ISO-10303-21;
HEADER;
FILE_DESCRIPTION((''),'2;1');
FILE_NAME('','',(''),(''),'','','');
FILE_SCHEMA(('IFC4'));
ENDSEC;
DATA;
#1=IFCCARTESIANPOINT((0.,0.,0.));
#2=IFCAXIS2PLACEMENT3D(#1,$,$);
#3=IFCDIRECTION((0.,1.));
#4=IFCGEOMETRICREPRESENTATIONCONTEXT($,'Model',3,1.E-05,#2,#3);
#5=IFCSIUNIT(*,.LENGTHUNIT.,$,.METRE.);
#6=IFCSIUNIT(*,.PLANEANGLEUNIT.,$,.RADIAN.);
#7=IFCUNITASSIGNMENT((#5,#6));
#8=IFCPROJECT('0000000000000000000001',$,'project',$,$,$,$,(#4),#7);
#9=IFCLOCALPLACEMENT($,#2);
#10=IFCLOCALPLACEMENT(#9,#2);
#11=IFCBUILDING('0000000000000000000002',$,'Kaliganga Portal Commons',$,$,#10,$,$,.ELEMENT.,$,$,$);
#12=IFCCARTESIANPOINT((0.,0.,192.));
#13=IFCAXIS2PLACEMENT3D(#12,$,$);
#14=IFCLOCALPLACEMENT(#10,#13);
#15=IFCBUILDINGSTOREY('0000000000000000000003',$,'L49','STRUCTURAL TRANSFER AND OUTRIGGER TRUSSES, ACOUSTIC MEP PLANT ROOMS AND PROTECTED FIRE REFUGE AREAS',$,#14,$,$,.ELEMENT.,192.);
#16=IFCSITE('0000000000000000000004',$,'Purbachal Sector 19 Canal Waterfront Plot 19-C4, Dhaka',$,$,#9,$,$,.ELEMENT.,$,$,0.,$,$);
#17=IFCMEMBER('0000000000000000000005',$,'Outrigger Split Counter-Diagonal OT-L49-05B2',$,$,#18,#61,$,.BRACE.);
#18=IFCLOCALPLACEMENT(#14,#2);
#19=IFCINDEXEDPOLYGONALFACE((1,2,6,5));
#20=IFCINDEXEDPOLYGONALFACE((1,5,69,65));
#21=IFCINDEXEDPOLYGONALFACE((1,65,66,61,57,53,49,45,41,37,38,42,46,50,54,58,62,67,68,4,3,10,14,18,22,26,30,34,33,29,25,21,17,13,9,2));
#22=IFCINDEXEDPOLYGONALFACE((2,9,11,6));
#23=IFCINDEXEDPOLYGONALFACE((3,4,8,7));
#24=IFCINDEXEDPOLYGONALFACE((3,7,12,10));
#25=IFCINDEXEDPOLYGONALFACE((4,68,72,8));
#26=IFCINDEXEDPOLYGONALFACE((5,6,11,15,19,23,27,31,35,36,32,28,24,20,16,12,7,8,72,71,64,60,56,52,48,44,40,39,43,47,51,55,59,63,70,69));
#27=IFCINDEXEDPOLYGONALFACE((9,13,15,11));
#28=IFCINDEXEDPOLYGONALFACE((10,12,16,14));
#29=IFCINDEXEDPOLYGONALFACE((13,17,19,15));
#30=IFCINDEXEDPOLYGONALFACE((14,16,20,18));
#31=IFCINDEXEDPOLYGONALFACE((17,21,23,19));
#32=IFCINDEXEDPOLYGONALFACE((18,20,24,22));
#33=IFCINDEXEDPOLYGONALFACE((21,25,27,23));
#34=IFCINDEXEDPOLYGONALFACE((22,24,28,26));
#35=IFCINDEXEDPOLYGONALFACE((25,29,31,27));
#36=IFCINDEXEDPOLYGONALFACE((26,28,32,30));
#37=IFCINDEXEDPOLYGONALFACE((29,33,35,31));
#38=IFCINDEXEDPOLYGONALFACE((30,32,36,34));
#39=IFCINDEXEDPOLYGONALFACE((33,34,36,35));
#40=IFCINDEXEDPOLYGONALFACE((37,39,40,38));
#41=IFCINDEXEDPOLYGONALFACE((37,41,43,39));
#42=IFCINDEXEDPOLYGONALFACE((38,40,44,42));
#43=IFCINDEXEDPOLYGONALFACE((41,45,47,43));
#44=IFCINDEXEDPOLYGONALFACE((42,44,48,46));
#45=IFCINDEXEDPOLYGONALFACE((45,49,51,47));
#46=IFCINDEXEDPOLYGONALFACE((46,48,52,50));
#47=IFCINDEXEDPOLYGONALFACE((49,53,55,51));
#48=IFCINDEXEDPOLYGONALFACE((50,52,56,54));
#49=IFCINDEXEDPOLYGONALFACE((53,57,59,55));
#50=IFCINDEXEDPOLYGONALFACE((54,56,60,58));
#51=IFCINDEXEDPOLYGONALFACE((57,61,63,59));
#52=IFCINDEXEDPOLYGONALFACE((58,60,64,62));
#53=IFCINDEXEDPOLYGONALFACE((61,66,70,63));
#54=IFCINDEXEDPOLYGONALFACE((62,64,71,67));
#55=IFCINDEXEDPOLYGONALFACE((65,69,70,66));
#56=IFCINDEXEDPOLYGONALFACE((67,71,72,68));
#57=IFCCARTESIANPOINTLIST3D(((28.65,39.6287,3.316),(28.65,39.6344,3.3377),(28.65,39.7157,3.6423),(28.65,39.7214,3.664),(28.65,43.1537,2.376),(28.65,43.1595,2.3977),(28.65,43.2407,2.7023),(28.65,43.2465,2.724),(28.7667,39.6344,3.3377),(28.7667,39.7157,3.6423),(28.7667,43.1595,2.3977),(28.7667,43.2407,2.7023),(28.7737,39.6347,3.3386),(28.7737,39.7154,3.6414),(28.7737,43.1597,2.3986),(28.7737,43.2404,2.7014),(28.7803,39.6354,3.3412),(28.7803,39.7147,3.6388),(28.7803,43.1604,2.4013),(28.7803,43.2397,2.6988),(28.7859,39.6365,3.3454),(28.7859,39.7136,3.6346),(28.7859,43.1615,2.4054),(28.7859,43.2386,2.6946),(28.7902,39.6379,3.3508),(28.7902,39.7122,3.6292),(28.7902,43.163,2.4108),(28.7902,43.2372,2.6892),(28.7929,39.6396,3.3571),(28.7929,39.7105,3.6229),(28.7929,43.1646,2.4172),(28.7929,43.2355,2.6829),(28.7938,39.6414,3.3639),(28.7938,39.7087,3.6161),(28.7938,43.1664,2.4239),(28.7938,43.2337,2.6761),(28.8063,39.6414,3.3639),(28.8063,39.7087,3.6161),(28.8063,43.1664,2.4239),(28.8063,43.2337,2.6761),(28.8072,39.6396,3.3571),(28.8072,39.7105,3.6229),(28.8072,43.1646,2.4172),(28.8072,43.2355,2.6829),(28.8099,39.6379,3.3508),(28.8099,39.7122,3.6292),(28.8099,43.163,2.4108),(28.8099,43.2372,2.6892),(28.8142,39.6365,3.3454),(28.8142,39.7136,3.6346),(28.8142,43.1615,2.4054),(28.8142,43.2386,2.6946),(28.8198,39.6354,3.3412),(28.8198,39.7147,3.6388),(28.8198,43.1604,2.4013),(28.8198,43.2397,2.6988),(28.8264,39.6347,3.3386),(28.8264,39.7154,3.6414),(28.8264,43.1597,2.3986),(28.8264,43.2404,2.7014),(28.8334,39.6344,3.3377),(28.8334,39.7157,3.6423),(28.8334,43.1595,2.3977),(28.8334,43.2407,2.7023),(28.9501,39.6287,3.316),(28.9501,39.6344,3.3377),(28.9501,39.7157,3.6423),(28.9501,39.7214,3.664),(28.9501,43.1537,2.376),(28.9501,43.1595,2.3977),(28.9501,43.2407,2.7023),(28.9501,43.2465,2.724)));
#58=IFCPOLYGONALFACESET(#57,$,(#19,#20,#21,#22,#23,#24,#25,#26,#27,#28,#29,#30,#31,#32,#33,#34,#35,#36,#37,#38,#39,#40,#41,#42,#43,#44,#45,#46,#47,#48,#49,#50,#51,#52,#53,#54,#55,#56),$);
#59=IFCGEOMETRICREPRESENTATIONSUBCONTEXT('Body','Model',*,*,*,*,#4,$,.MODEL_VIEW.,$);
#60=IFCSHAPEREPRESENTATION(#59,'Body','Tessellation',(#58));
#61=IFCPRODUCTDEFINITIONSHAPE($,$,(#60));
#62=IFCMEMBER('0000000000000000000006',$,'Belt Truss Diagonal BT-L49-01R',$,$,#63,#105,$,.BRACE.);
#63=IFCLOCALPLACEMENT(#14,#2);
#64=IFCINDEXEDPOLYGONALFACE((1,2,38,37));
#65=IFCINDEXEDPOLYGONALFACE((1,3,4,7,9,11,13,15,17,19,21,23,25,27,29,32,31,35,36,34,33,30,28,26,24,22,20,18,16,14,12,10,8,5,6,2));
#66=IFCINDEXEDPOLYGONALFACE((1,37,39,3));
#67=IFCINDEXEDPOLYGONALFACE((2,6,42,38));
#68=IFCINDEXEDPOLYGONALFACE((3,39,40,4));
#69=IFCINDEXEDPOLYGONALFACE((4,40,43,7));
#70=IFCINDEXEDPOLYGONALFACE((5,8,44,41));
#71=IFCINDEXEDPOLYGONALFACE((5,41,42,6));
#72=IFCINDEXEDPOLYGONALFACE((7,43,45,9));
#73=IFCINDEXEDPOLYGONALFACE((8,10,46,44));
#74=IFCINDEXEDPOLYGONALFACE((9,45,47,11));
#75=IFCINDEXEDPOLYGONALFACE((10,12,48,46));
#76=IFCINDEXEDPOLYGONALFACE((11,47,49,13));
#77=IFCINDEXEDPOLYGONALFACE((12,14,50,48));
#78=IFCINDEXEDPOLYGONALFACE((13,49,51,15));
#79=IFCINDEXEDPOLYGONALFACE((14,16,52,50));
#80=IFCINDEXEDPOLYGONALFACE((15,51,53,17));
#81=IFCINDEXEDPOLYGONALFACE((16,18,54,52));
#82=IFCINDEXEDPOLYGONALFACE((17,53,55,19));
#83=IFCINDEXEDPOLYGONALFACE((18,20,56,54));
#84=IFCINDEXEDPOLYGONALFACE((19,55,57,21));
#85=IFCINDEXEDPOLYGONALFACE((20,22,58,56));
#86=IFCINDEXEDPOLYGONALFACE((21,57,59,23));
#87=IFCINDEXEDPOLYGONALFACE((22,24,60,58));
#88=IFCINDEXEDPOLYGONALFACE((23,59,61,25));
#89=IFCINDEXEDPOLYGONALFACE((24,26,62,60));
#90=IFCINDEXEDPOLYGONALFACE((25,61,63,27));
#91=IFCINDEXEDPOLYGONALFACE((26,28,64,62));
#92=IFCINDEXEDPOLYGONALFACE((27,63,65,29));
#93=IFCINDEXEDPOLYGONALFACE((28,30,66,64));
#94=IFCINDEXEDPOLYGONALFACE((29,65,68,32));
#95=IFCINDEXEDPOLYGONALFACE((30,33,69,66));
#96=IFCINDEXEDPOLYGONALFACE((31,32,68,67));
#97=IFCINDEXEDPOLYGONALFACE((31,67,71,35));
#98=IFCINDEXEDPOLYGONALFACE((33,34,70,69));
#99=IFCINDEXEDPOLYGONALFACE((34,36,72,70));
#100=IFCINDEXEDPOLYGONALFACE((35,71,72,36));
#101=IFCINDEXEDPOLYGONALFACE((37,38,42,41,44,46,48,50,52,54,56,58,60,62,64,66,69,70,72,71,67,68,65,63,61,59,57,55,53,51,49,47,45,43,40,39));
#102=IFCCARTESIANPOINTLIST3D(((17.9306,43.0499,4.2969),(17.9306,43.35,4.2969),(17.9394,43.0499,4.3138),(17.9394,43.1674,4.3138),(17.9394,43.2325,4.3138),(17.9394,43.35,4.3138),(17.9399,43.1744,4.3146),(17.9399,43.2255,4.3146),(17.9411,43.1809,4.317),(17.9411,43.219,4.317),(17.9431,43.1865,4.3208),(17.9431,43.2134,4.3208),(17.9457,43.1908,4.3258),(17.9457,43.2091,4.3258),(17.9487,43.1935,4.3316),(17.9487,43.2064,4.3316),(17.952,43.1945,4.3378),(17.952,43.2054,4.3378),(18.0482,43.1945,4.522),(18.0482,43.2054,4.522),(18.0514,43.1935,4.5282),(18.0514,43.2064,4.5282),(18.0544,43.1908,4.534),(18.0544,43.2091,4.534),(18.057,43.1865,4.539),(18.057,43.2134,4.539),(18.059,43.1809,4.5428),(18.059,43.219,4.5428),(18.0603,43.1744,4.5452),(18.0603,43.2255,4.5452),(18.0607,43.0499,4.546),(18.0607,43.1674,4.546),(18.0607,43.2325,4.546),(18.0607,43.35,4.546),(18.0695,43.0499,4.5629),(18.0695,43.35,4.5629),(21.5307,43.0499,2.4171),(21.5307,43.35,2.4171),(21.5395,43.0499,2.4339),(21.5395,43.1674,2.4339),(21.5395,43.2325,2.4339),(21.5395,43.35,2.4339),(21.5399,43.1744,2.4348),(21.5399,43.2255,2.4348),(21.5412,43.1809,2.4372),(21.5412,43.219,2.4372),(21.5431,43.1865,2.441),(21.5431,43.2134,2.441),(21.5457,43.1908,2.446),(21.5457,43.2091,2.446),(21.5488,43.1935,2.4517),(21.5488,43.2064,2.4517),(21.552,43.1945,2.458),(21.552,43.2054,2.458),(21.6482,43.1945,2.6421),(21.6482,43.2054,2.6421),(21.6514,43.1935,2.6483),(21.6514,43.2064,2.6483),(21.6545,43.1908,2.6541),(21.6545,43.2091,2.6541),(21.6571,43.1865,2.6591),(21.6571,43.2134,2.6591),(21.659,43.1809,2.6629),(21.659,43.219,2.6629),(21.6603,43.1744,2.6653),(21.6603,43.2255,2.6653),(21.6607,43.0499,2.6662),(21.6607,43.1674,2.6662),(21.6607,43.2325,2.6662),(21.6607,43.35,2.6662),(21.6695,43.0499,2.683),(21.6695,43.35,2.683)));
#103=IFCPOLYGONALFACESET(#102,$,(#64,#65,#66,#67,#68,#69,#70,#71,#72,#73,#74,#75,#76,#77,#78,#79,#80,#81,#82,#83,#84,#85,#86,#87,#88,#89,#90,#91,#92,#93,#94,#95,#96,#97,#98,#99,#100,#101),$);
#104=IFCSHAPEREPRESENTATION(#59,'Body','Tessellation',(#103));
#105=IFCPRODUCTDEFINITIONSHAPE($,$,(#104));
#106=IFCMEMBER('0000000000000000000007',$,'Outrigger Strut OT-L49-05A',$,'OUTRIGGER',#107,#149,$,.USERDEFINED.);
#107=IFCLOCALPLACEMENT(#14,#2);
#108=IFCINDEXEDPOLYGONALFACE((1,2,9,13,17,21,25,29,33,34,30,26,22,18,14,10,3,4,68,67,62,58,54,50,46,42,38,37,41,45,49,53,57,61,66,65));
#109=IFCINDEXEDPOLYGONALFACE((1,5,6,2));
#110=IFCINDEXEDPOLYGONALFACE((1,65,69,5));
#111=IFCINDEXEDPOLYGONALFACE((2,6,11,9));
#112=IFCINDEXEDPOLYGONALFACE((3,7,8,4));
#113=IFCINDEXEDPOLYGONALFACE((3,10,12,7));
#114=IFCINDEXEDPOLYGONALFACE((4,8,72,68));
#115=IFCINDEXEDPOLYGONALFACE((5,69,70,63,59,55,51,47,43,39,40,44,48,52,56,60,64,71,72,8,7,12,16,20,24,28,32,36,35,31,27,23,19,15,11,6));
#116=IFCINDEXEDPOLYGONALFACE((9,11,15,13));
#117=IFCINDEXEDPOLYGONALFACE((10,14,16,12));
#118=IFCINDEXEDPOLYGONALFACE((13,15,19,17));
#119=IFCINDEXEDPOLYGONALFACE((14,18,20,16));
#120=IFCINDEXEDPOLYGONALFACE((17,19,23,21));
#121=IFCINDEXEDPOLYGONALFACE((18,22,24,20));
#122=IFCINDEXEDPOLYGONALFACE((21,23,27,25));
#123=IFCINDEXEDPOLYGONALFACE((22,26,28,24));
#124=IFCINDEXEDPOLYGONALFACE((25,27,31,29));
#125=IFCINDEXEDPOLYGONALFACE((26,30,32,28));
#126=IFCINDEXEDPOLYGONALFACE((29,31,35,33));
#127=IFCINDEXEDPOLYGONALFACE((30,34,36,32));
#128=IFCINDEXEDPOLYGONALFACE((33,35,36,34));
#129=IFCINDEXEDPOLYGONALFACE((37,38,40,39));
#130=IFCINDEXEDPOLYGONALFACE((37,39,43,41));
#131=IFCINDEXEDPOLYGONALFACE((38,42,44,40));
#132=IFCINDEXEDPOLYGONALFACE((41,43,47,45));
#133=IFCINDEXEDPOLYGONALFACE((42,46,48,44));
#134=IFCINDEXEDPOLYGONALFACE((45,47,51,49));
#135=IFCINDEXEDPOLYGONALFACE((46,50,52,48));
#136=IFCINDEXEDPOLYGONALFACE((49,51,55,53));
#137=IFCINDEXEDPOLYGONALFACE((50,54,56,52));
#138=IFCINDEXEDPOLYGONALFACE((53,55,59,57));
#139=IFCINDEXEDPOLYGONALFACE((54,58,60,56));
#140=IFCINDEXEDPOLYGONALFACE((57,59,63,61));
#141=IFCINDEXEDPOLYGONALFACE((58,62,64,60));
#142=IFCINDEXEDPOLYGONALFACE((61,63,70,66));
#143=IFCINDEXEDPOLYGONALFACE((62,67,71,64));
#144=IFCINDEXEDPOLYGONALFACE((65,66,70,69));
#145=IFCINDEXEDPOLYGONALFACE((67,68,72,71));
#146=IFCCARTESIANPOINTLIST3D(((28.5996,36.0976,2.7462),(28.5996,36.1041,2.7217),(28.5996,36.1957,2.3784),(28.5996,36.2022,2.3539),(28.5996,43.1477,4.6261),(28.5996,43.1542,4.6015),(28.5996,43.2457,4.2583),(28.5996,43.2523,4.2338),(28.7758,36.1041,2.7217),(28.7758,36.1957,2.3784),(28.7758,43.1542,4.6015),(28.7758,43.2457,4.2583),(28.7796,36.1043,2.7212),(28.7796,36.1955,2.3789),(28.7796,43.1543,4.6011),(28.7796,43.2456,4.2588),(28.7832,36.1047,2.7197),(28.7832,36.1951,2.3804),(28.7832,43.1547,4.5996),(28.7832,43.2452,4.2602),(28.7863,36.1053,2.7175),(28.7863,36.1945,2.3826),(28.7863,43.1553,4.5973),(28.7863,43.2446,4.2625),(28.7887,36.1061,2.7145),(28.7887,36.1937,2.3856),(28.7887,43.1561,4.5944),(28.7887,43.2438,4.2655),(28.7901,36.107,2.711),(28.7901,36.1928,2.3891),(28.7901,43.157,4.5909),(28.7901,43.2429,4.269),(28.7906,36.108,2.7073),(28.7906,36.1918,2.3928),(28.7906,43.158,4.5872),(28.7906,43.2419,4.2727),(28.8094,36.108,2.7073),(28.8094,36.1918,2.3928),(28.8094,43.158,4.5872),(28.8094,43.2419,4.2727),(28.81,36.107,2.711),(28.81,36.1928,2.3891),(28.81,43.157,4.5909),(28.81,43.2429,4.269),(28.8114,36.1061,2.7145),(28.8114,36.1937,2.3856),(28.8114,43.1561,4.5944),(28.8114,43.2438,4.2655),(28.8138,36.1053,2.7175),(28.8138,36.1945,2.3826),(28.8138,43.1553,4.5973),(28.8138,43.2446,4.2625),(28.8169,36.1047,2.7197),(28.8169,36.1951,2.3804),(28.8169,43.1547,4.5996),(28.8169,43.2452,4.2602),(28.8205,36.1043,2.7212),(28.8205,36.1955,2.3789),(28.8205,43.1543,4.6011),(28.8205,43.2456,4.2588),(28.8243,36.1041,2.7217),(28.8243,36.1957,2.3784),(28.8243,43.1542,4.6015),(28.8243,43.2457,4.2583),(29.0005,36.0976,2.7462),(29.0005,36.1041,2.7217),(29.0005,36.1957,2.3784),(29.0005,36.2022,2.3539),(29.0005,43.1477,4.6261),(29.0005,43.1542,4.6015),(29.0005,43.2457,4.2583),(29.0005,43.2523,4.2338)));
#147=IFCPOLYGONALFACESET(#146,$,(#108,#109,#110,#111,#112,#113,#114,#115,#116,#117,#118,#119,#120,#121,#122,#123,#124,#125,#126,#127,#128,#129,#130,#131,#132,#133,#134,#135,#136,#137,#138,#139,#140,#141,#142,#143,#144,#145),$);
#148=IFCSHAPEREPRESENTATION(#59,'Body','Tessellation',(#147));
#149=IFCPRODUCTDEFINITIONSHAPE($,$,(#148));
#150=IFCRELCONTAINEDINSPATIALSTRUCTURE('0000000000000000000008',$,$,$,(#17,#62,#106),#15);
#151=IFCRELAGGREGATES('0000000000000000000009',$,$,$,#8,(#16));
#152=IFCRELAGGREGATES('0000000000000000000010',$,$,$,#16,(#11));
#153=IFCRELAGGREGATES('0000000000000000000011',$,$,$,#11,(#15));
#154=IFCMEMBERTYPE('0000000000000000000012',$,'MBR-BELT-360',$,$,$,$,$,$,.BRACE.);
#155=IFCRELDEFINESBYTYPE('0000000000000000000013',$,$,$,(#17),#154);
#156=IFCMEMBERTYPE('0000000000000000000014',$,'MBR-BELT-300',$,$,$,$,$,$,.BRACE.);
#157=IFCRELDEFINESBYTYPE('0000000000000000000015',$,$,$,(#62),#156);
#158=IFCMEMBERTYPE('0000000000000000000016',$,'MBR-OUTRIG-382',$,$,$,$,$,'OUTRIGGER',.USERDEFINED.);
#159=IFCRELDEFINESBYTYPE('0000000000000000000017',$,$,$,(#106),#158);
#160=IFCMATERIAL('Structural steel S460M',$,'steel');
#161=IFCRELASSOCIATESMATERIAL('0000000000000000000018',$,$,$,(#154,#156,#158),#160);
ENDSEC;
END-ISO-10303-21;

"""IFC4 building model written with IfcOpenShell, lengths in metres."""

from ifc_helpers import new_model, si_unit, direction, frame, origin, origin_2d, place, context, subcontext, project, spatial, i_section, extrude, source, transform, mapped, material, material_profile, profile_set, type_object, element, save


model = new_model("IFC4")

# Units and contexts
model_context = context("Model", 3, precision=1e-05, world=origin(), true_north=direction((0.0, 1.0)))
body_context = subcontext(model_context, "Body", "Model", "MODEL_VIEW")
ifc_project = project(units=[si_unit("LENGTHUNIT", "METRE"), si_unit("PLANEANGLEUNIT", "RADIAN")], contexts=[model_context])

# Site, building, storey
site_placement = place(None, origin())
site = spatial("IfcSite", under=ifc_project, at=site_placement, Name="Purbachal Sector 19 Canal Waterfront Plot 19-C4, Dhaka", CompositionType="ELEMENT", RefElevation=0.0)
building_placement = place(site_placement, origin())
building = spatial("IfcBuilding", under=site, at=building_placement, Name="Kaliganga Portal Commons", CompositionType="ELEMENT")
storey_placement = place(building_placement, frame((0.0, 0.0, 192.0)))
storey = spatial("IfcBuildingStorey", under=building, at=storey_placement, Name="L49", Description="STRUCTURAL TRANSFER AND OUTRIGGER TRUSSES, ACOUSTIC MEP PLANT ROOMS AND PROTECTED FIRE REFUGE AREAS", CompositionType="ELEMENT", Elevation=192.0)

# Shared definitions
ifc_material_1 = material(Name="Structural steel S460M", Category="steel")

# Members
ifc_material_profile_1 = material_profile(ifc_material_1, i_section(OverallWidth=0.3, OverallDepth=0.3601, WebThickness=0.0125, FlangeThickness=0.0225, FilletRadius=0.0271, at=origin_2d()), Name="HE 360 B")
ifc_profile_set_1 = profile_set([ifc_material_profile_1], Name="Structural steel S460M wide-flange")
member_type_1 = type_object("IfcMemberType", Name="MBR-BELT-360", PredefinedType="BRACE", material=ifc_profile_set_1)
shared_shape_1 = source(origin(), body_context, "Body", "SweptSolid", [
    extrude(i_section(OverallWidth=0.3, OverallDepth=0.3601, WebThickness=0.0125, FlangeThickness=0.0225, FilletRadius=0.0271, at=origin_2d()), origin(), (0.0, 0.0, 1.0), 3.6482),
])
for number, where, z_axis, x_axis, name in (
    (1, (28.8, 39.675, 3.49), (0.0, 0.966237, -0.257654), (-1.0, 0.0, 0.0), "Outrigger Split Counter-Diagonal OT-L49-05B2"),
):
    element("IfcMember", number, at=place(storey_placement, frame(where, z_axis=z_axis, x_axis=x_axis)), inside=storey, type_object=member_type_1, Name=name, PredefinedType="BRACE", context=body_context, shape_type="MappedRepresentation", body=[
        mapped(shared_shape_1, transform((0.0, 0.0, 0.0), x_axis=(1.0, 0.0, 0.0), y_axis=(0.0, 1.0, 0.0), z_axis=(0.0, 0.0, 1.0), scale=1.0)),
    ])
ifc_material_profile_2 = material_profile(ifc_material_1, i_section(OverallWidth=0.3, OverallDepth=0.3, WebThickness=0.011, FlangeThickness=0.019, FilletRadius=0.0271, at=origin_2d()), Name="HE 300 B")
ifc_profile_set_2 = profile_set([ifc_material_profile_2], Name="Structural steel S460M wide-flange")
member_type_2 = type_object("IfcMemberType", Name="MBR-BELT-300", PredefinedType="BRACE", material=ifc_profile_set_2)
shared_shape_2 = source(origin(), body_context, "Body", "SweptSolid", [
    extrude(i_section(OverallWidth=0.3, OverallDepth=0.3, WebThickness=0.011, FlangeThickness=0.019, FilletRadius=0.0271, at=origin_2d()), origin(), (0.0, 0.0, 1.0), 4.0613),
])
member_1_placement = place(storey_placement, frame((21.6001, 43.2, 2.55), z_axis=(-0.886426, 0.0, 0.46287), x_axis=(0.0, -1.0, 0.0)))
element("IfcMember", 2, at=member_1_placement, inside=storey, type_object=member_type_2, Name="Belt Truss Diagonal BT-L49-01R", PredefinedType="BRACE", context=body_context, shape_type="MappedRepresentation", body=[
    mapped(shared_shape_2, transform((0.0, 0.0, 0.0), x_axis=(1.0, 0.0, 0.0), y_axis=(0.0, 1.0, 0.0), z_axis=(0.0, 0.0, 1.0), scale=1.0)),
])
ifc_material_profile_3 = material_profile(ifc_material_1, i_section(OverallWidth=0.4009, OverallDepth=0.406, WebThickness=0.0188, FlangeThickness=0.0254, FilletRadius=0.0149, at=origin_2d()), Name="HD 400x314")
ifc_profile_set_3 = profile_set([ifc_material_profile_3], Name="Structural steel S460M wide-flange")
member_type_3 = type_object("IfcMemberType", Name="MBR-OUTRIG-382", ElementType="OUTRIGGER", PredefinedType="USERDEFINED", material=ifc_profile_set_3)
shared_shape_3 = source(origin(), body_context, "Body", "SweptSolid", [
    extrude(i_section(OverallWidth=0.4009, OverallDepth=0.406, WebThickness=0.0188, FlangeThickness=0.0254, FilletRadius=0.0149, at=origin_2d()), origin(), (0.0, 0.0, 1.0), 7.2964),
])
member_2_placement = place(storey_placement, frame((28.8, 36.1499, 2.55), z_axis=(0.0, 0.966239, 0.257646), x_axis=(-1.0, 0.0, 0.0)))
element("IfcMember", 3, at=member_2_placement, inside=storey, type_object=member_type_3, Name="Outrigger Strut OT-L49-05A", ObjectType="OUTRIGGER", PredefinedType="USERDEFINED", context=body_context, shape_type="MappedRepresentation", body=[
    mapped(shared_shape_3, transform((0.0, 0.0, 0.0), x_axis=(1.0, 0.0, 0.0), y_axis=(0.0, 1.0, 0.0), z_axis=(0.0, 0.0, 1.0), scale=1.0)),
])

save(model, "model.ifc")
